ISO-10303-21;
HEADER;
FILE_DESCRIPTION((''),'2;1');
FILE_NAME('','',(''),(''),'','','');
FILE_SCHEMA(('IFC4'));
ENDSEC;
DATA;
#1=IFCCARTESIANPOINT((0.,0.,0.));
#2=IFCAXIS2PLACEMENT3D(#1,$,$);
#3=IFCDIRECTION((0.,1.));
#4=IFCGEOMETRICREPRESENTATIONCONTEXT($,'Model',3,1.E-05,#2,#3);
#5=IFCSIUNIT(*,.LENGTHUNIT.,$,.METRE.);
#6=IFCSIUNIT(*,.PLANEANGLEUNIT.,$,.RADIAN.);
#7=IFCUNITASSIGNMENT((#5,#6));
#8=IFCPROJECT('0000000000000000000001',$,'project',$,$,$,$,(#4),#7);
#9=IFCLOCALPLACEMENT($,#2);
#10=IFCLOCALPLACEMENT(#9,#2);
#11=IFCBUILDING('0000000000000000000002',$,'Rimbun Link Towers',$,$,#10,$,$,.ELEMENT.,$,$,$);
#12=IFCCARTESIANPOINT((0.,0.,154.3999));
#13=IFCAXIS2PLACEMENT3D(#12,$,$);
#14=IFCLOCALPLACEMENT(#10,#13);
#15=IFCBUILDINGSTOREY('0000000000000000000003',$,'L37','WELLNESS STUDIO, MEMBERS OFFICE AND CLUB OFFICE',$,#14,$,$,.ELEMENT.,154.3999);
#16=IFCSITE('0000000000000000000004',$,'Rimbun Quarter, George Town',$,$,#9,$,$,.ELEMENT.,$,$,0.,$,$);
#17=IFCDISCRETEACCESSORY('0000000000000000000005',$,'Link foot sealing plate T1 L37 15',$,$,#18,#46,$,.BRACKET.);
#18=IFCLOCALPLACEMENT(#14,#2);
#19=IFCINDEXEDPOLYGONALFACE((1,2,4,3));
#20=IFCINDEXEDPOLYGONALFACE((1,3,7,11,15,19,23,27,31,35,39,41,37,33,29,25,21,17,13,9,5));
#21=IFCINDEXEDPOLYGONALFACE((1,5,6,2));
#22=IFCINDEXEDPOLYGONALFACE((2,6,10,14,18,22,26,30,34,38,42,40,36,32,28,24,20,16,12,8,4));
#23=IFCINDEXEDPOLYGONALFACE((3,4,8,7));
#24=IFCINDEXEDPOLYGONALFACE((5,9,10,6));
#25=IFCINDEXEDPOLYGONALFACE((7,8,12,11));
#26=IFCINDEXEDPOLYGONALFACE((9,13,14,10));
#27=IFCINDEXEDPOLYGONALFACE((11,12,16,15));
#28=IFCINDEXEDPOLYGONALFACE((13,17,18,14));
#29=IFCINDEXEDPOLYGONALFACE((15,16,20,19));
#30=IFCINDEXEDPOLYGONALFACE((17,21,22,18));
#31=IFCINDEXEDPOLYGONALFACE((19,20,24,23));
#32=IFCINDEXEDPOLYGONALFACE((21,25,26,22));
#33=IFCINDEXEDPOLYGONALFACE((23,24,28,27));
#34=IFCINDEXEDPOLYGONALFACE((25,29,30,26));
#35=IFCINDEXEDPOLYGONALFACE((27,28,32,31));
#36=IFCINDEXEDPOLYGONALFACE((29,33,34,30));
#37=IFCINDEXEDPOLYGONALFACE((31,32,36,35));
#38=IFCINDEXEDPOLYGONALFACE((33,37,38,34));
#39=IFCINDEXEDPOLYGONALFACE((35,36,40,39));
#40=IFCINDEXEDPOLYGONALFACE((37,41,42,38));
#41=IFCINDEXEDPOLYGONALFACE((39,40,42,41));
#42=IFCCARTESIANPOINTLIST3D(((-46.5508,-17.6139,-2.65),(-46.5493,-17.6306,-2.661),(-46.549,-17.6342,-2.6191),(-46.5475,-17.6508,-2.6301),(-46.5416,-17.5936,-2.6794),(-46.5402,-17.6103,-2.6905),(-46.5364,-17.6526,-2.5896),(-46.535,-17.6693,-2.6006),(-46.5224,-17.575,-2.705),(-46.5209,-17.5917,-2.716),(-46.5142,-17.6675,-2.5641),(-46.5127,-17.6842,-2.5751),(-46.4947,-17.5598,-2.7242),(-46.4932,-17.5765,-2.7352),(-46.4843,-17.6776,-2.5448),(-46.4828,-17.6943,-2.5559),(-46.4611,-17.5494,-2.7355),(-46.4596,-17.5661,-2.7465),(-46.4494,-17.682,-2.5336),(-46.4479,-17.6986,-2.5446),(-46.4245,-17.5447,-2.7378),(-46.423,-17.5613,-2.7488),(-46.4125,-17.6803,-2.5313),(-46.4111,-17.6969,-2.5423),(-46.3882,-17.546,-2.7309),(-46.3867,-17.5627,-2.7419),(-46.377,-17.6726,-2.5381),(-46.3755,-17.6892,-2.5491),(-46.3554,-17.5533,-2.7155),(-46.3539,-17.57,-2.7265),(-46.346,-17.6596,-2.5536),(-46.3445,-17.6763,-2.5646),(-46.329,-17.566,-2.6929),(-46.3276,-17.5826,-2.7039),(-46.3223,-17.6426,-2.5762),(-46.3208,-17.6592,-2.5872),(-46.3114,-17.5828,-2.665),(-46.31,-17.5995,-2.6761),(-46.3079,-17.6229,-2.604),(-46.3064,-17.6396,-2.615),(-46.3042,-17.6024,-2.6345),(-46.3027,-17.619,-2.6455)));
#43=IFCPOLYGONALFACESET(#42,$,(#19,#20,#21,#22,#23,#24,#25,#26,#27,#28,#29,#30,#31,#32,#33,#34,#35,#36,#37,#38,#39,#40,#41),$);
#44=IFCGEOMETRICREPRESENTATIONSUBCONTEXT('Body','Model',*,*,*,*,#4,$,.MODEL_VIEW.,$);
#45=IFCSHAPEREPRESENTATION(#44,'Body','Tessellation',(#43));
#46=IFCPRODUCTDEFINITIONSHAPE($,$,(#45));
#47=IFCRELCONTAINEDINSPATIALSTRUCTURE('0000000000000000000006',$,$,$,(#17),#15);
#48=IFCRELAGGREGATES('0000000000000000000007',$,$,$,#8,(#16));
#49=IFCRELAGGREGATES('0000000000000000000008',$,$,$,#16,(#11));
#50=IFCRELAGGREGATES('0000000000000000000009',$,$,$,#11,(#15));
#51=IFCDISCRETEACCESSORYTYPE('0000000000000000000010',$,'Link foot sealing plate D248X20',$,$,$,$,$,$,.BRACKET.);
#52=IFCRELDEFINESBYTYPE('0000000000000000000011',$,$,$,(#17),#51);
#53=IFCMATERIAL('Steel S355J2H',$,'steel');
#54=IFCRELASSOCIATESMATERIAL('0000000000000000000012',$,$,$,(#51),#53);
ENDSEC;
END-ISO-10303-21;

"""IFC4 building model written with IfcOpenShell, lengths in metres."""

from ifc_helpers import new_model, si_unit, direction, frame, origin, origin_2d, place, context, subcontext, project, spatial, circle, extrude, material, material_profile, profile_set, type_object, element, save


model = new_model("IFC4")

# Units and contexts
model_context = context("Model", 3, precision=1e-05, world=origin(), true_north=direction((0.0, 1.0)))
body_context = subcontext(model_context, "Body", "Model", "MODEL_VIEW")
ifc_project = project(units=[si_unit("LENGTHUNIT", "METRE"), si_unit("PLANEANGLEUNIT", "RADIAN")], contexts=[model_context])

# Site, building, storey
site_placement = place(None, origin())
site = spatial("IfcSite", under=ifc_project, at=site_placement, Name="Rimbun Quarter, George Town", CompositionType="ELEMENT", RefElevation=0.0)
building_placement = place(site_placement, origin())
building = spatial("IfcBuilding", under=site, at=building_placement, Name="Rimbun Link Towers", CompositionType="ELEMENT")
storey_placement = place(building_placement, frame((0.0, 0.0, 154.3999)))
storey = spatial("IfcBuildingStorey", under=building, at=storey_placement, Name="L37", Description="WELLNESS STUDIO, MEMBERS OFFICE AND CLUB OFFICE", CompositionType="ELEMENT", Elevation=154.3999)

# Discrete accessory
ifc_material_1 = material(Name="Steel S355J2H", Category="steel")
ifc_material_profile_1 = material_profile(ifc_material_1, circle(Radius=0.124, at=origin_2d()), Name="PL D248")
ifc_profile_set_1 = profile_set([ifc_material_profile_1], Name="Steel S355J2H")
discrete_accessory_type = type_object("IfcDiscreteAccessoryType", Name="Link foot sealing plate D248X20", PredefinedType="BRACKET", material=ifc_profile_set_1)
discrete_accessory_placement = place(storey_placement, frame((-46.4277, -17.6133, -2.6345), z_axis=(0.073384, -0.831684, -0.550379), x_axis=(0.99613, 0.087894, 0.0)))
element("IfcDiscreteAccessory", 1, at=discrete_accessory_placement, inside=storey, type_object=discrete_accessory_type, Name="Link foot sealing plate T1 L37 15", PredefinedType="BRACKET", context=body_context, shape_type="SweptSolid", body=[
    extrude(circle(Radius=0.124, at=origin_2d()), origin(), (0.0, 0.0, 1.0), 0.02),
])

save(model, "model.ifc")
